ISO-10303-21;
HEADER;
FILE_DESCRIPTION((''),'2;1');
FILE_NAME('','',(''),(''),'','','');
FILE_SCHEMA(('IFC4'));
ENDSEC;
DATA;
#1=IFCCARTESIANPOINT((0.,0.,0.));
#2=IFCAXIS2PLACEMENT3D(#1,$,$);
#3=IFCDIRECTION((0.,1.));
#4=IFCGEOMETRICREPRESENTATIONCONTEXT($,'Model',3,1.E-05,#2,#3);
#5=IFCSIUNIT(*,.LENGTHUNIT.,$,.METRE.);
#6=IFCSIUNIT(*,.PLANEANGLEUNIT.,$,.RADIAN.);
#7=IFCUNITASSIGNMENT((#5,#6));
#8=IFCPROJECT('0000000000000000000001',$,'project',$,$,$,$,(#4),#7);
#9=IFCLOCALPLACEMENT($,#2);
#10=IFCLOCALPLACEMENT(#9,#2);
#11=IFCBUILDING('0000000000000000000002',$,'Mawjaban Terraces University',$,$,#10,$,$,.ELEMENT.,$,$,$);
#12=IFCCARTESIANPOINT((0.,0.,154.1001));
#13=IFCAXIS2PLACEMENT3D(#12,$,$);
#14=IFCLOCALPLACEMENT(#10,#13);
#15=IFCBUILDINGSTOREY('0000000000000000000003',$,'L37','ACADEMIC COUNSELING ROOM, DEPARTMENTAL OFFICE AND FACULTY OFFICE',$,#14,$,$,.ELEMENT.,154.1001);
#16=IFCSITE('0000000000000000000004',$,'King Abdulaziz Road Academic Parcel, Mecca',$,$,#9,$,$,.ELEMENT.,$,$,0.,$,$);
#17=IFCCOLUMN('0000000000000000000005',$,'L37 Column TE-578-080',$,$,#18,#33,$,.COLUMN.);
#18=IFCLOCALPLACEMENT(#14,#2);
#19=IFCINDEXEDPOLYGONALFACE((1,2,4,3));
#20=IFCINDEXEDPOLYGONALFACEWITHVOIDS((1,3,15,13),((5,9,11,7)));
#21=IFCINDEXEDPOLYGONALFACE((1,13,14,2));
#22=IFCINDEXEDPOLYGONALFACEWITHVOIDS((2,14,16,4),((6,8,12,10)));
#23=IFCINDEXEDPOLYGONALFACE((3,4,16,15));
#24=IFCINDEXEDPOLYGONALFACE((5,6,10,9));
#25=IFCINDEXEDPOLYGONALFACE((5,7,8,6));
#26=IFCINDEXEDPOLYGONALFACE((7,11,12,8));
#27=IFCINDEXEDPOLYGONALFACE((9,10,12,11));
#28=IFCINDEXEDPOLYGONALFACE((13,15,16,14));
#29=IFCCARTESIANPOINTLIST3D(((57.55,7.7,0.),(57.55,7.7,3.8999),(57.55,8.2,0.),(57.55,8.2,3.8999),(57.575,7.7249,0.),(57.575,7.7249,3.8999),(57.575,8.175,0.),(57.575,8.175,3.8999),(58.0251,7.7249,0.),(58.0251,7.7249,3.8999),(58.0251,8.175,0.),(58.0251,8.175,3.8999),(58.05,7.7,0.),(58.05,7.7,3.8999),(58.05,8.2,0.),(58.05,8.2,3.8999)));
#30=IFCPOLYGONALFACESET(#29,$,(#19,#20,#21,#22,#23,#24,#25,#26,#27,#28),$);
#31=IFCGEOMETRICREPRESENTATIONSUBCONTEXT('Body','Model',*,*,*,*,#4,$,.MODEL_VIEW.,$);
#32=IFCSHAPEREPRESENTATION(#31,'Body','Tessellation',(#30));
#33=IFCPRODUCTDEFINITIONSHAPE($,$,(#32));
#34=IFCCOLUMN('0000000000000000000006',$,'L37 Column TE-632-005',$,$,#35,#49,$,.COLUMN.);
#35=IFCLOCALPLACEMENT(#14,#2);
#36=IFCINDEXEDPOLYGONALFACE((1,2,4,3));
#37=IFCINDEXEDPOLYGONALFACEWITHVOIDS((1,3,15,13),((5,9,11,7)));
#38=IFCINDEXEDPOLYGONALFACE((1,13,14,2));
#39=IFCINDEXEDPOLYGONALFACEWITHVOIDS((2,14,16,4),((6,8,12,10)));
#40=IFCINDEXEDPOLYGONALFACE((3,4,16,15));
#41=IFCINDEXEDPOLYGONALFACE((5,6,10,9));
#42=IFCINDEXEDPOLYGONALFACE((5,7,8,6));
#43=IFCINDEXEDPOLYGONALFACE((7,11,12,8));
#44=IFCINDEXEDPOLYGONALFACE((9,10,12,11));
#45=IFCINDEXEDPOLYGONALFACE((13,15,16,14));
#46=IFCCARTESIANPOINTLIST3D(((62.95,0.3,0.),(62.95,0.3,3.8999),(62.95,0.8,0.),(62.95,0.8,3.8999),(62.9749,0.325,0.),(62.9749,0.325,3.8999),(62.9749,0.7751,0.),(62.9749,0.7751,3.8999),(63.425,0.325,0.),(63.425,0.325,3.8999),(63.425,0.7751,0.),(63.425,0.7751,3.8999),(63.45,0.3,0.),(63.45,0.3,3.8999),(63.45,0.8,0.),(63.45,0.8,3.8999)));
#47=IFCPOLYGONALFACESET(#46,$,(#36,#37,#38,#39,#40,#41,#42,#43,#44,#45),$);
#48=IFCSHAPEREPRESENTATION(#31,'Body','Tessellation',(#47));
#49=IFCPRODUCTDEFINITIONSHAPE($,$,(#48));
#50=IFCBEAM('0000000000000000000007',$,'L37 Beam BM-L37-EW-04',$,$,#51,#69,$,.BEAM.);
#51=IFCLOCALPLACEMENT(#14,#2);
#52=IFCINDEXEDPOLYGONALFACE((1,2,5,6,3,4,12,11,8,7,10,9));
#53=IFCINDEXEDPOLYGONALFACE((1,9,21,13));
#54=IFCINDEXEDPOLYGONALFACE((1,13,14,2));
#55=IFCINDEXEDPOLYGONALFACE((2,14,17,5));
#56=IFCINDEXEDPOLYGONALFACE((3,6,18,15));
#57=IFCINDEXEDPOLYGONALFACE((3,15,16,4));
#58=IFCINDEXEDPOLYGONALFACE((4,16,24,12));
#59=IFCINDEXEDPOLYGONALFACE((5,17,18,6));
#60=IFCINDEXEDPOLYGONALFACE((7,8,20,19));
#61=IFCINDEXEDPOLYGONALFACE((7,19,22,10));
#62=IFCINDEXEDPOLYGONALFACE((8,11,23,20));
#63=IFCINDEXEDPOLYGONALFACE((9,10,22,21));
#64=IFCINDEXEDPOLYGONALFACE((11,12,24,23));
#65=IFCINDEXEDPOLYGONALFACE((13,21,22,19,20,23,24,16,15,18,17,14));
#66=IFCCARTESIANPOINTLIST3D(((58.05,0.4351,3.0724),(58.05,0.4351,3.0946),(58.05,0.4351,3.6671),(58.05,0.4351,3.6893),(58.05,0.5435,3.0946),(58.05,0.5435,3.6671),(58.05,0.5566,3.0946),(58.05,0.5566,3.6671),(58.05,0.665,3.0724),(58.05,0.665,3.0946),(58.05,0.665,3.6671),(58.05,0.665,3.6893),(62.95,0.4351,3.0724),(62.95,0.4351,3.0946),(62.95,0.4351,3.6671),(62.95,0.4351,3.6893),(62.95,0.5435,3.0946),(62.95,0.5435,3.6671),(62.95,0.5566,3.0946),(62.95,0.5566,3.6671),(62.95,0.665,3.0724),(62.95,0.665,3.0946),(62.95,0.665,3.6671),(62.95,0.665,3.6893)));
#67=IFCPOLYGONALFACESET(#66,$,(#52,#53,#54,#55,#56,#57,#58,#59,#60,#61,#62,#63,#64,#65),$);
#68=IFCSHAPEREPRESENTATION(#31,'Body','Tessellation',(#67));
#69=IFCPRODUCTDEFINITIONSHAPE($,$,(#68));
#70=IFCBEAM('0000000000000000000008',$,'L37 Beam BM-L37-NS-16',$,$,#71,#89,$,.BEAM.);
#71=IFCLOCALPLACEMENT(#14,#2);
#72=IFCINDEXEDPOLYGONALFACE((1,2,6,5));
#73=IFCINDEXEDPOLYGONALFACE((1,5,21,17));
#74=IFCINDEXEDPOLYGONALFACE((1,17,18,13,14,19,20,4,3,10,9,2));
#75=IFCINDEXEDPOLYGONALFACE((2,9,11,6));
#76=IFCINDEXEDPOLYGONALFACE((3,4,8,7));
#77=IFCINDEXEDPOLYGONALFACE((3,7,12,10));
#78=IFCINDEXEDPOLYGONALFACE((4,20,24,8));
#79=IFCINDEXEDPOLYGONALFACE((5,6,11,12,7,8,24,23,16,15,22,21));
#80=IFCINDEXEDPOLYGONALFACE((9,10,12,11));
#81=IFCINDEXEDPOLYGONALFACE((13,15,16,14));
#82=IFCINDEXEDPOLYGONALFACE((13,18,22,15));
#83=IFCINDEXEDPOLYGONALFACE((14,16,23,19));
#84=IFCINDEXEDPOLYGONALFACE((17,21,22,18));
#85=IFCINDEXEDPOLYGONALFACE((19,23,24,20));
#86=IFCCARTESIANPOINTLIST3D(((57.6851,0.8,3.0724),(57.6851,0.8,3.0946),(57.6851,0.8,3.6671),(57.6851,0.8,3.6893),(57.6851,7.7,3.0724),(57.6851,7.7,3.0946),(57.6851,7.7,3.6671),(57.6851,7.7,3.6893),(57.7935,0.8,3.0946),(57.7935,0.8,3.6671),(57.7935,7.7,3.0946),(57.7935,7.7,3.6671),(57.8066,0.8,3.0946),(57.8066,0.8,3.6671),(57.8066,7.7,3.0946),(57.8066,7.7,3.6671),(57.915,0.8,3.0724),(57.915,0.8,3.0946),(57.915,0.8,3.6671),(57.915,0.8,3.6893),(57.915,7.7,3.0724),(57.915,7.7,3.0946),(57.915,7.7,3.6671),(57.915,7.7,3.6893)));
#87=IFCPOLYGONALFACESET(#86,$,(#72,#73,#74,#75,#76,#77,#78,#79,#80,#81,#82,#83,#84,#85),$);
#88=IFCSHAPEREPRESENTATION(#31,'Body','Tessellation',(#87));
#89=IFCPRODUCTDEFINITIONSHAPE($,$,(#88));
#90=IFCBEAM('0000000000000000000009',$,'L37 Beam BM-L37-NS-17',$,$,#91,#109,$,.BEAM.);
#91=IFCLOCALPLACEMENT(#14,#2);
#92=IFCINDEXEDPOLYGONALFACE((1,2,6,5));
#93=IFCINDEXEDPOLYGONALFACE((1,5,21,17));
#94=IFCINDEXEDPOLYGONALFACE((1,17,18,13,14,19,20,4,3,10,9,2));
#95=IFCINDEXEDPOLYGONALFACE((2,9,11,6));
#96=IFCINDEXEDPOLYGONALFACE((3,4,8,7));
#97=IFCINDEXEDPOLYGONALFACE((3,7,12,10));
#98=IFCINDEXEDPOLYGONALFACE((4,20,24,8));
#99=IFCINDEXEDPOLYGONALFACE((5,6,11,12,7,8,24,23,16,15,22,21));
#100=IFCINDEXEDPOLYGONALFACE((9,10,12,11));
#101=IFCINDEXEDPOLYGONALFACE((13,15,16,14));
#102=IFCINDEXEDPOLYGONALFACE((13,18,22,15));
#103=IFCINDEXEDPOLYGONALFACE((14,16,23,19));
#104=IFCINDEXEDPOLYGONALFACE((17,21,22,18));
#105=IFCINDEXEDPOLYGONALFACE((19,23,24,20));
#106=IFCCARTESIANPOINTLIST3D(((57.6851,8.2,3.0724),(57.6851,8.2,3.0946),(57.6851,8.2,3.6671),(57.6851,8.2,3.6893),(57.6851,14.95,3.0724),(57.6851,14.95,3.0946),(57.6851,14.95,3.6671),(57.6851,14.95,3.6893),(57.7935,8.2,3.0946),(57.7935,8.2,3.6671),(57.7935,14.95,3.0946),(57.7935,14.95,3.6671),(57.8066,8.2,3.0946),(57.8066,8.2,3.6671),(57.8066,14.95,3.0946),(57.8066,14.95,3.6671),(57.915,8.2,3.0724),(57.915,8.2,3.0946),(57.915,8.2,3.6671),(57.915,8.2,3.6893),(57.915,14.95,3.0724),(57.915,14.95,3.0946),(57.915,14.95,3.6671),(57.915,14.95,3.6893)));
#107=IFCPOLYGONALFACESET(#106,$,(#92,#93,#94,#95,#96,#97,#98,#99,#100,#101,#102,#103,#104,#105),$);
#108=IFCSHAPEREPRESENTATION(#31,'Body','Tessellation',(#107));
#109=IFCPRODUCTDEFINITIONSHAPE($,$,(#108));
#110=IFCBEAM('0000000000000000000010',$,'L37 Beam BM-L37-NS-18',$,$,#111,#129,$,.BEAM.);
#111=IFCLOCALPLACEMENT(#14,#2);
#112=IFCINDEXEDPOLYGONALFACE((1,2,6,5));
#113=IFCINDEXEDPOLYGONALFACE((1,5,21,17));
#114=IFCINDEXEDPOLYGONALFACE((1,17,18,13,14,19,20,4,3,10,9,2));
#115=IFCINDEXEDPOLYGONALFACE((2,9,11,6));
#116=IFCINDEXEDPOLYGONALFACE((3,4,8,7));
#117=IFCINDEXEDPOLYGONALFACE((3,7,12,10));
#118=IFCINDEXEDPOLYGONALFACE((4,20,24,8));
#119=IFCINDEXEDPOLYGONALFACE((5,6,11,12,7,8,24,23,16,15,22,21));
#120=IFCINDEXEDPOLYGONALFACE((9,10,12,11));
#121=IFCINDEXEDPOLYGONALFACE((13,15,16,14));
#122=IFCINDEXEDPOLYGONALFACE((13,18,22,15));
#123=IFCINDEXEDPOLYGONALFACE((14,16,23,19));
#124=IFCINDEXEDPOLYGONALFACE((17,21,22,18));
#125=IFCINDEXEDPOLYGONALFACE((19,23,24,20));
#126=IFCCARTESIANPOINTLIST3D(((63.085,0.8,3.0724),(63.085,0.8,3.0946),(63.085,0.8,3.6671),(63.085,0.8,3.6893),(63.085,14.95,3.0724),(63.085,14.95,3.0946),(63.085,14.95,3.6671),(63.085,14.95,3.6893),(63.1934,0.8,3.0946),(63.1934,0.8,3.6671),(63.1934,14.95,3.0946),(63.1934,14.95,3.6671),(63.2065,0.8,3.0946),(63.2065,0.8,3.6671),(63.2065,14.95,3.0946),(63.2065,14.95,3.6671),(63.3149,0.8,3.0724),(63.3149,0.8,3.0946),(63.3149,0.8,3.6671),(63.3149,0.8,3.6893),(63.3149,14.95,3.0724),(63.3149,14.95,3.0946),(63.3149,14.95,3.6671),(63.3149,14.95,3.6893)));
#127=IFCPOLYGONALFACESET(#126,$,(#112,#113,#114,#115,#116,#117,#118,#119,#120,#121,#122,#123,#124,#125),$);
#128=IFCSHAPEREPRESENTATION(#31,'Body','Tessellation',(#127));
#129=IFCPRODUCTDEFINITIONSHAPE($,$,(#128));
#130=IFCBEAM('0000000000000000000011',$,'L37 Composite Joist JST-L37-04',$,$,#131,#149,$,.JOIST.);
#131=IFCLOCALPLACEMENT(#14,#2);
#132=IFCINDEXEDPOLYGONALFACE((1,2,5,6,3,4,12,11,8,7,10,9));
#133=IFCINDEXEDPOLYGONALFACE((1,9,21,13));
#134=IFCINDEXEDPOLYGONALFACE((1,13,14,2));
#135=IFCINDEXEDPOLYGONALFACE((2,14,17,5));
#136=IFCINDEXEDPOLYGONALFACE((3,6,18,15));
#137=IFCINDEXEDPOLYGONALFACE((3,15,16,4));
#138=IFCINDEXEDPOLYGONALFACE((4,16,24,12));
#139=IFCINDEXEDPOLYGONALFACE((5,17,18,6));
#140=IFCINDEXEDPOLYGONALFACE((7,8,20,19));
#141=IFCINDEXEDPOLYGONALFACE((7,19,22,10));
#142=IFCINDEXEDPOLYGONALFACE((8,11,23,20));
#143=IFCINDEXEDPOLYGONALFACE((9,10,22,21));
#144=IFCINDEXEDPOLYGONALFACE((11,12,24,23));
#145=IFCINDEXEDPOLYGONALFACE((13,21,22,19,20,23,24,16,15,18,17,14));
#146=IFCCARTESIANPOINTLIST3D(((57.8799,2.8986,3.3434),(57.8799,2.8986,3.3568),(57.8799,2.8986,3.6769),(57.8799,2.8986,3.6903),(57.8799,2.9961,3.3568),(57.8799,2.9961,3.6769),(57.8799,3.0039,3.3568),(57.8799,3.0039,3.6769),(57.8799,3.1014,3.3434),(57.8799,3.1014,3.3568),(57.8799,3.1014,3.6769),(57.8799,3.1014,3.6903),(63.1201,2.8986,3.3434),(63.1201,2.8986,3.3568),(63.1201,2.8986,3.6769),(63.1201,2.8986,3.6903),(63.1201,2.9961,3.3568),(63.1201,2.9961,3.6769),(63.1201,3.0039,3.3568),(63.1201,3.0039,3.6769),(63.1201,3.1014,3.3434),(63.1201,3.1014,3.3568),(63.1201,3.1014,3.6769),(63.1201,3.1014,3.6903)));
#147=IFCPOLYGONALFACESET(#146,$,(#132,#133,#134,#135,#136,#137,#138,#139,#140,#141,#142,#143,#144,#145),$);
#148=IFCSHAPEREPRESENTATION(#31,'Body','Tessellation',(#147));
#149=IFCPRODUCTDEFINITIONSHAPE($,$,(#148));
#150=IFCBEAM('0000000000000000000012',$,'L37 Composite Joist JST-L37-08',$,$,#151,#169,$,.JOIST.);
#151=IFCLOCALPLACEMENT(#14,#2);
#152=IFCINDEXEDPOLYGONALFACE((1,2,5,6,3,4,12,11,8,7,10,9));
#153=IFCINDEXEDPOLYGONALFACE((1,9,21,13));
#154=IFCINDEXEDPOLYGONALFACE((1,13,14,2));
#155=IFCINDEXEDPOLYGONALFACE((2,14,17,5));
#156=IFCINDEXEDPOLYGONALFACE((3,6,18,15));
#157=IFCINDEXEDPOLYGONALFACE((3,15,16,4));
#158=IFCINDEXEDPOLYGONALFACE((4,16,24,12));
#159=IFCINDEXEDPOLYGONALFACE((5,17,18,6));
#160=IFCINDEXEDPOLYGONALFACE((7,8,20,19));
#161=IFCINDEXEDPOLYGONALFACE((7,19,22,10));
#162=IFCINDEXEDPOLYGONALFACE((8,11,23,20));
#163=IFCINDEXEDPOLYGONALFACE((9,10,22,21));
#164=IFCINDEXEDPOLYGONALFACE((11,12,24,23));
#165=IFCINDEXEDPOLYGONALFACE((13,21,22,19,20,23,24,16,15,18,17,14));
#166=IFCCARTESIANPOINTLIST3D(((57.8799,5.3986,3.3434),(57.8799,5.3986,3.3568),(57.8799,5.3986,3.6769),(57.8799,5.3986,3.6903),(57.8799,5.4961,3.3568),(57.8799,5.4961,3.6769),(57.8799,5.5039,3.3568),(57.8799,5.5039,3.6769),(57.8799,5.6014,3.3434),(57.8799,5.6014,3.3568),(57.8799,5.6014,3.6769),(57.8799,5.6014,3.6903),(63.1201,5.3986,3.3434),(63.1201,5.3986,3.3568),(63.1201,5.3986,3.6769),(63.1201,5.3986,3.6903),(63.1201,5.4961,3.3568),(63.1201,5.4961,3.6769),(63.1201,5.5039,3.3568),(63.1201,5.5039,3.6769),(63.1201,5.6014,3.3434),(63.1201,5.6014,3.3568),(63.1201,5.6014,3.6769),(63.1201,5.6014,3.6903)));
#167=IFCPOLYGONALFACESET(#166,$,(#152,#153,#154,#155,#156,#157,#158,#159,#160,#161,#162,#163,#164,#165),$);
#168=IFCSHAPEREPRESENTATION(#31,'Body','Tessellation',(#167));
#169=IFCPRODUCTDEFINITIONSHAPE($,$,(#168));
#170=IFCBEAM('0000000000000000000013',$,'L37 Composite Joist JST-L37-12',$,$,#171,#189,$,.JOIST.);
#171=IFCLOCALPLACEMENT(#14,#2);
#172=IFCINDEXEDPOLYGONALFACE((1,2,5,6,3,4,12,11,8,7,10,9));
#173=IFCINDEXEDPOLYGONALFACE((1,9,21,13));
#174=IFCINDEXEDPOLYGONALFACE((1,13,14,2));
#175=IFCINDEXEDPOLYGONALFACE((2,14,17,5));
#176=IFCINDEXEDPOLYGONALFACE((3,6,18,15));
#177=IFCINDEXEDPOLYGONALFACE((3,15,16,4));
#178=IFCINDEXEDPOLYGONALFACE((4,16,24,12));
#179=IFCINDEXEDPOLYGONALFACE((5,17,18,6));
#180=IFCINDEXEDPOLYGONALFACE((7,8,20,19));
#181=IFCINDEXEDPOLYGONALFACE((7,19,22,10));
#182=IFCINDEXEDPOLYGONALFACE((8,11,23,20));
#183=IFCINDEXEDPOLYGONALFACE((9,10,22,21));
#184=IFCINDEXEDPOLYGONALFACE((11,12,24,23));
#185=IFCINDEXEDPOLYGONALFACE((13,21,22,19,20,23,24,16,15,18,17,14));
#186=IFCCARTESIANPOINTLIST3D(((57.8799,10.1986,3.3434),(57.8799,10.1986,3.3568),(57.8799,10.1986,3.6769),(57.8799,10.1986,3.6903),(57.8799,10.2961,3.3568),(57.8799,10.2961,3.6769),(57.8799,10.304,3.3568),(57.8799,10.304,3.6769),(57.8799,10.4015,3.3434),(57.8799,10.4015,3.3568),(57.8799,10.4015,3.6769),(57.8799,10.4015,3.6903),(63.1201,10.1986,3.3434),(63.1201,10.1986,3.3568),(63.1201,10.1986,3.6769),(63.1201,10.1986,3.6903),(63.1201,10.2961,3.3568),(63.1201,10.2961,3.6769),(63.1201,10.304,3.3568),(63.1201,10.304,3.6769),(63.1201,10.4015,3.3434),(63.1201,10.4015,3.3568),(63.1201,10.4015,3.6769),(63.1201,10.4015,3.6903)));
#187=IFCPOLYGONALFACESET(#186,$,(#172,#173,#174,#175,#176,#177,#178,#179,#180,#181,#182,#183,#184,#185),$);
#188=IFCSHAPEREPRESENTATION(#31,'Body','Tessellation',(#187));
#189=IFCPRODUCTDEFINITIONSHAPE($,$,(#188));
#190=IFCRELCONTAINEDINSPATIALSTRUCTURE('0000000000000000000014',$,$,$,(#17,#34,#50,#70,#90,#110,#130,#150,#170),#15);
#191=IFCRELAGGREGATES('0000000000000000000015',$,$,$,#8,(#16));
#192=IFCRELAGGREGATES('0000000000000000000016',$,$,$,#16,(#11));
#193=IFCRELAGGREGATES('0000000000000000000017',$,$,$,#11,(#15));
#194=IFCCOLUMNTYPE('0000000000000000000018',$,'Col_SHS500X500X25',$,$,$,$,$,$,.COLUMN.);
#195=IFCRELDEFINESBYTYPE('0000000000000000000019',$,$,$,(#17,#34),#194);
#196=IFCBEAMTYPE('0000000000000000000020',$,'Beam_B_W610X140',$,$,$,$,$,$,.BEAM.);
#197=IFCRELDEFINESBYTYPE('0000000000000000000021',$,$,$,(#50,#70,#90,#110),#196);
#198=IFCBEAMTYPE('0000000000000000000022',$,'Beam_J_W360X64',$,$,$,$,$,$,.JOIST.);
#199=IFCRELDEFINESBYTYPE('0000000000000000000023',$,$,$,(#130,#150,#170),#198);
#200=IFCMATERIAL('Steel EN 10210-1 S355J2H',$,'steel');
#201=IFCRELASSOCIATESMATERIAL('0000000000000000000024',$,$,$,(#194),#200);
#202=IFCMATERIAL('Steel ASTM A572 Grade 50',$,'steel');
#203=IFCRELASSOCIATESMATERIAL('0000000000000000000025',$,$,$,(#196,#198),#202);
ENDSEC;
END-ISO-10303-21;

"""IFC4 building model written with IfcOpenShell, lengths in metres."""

from ifc_helpers import new_model, si_unit, direction, frame, origin, origin_2d, place, context, subcontext, project, spatial, hollow_rectangle, i_section, extrude, material, material_profile, profile_set, type_object, element, save


model = new_model("IFC4")

# Units and contexts
model_context = context("Model", 3, precision=1e-05, world=origin(), true_north=direction((0.0, 1.0)))
body_context = subcontext(model_context, "Body", "Model", "MODEL_VIEW")
ifc_project = project(units=[si_unit("LENGTHUNIT", "METRE"), si_unit("PLANEANGLEUNIT", "RADIAN")], contexts=[model_context])

# Site, building, storey
site_placement = place(None, origin())
site = spatial("IfcSite", under=ifc_project, at=site_placement, Name="King Abdulaziz Road Academic Parcel, Mecca", CompositionType="ELEMENT", RefElevation=0.0)
building_placement = place(site_placement, origin())
building = spatial("IfcBuilding", under=site, at=building_placement, Name="Mawjaban Terraces University", CompositionType="ELEMENT")
storey_placement = place(building_placement, frame((0.0, 0.0, 154.1001)))
storey = spatial("IfcBuildingStorey", under=building, at=storey_placement, Name="L37", Description="ACADEMIC COUNSELING ROOM, DEPARTMENTAL OFFICE AND FACULTY OFFICE", CompositionType="ELEMENT", Elevation=154.1001)

# Columns
ifc_material_1 = material(Name="Steel EN 10210-1 S355J2H", Category="steel")
ifc_material_profile_1 = material_profile(ifc_material_1, hollow_rectangle(XDim=0.5, YDim=0.5, WallThickness=0.0249, at=origin_2d()), Name="SHS500X500X25")
ifc_profile_set_1 = profile_set([ifc_material_profile_1], Name="Steel EN 10210-1 S355J2H")
column_type = type_object("IfcColumnType", Name="Col_SHS500X500X25", PredefinedType="COLUMN", material=ifc_profile_set_1)
for number, where, z_axis, x_axis, name in (
    (1, (57.8, 7.95, 0.0), (0.0, 0.0, 1.0), (1.0, 0.0, 0.0), "L37 Column TE-578-080"),
    (2, (63.2, 0.55, 0.0), (0.0, 0.0, 1.0), (1.0, 0.0, 0.0), "L37 Column TE-632-005"),
):
    element("IfcColumn", number, at=place(storey_placement, frame(where, z_axis=z_axis, x_axis=x_axis)), inside=storey, type_object=column_type, Name=name, PredefinedType="COLUMN", context=body_context, shape_type="SweptSolid", body=[
        extrude(hollow_rectangle(XDim=0.5, YDim=0.5, WallThickness=0.0249, at=origin_2d()), origin(), (0.0, 0.0, 1.0), 3.8999),
    ])

# Beams
ifc_material_2 = material(Name="Steel ASTM A572 Grade 50", Category="steel")
ifc_material_profile_2 = material_profile(ifc_material_2, i_section(OverallWidth=0.23, OverallDepth=0.6169, WebThickness=0.0132, FlangeThickness=0.0222, at=origin_2d()), Name="W610X140")
ifc_profile_set_2 = profile_set([ifc_material_profile_2], Name="Steel ASTM A572 Grade 50")
beam_type_1 = type_object("IfcBeamType", Name="Beam_B_W610X140", PredefinedType="BEAM", material=ifc_profile_set_2)
beam_1_placement = place(storey_placement, frame((58.05, 0.55, 3.3809), z_axis=(1.0, 0.0, 0.0), x_axis=(0.0, 1.0, 0.0)))
element("IfcBeam", 3, at=beam_1_placement, inside=storey, type_object=beam_type_1, Name="L37 Beam BM-L37-EW-04", PredefinedType="BEAM", context=body_context, shape_type="SweptSolid", body=[
    extrude(i_section(OverallWidth=0.23, OverallDepth=0.6169, WebThickness=0.0132, FlangeThickness=0.0222, at=origin_2d()), origin(), (0.0, 0.0, 1.0), 4.8999),
])
beam_2_placement = place(storey_placement, frame((57.8, 0.8, 3.3809), z_axis=(0.0, 1.0, 0.0), x_axis=(-1.0, 0.0, 0.0)))
element("IfcBeam", 4, at=beam_2_placement, inside=storey, type_object=beam_type_1, Name="L37 Beam BM-L37-NS-16", PredefinedType="BEAM", context=body_context, shape_type="SweptSolid", body=[
    extrude(i_section(OverallWidth=0.23, OverallDepth=0.6169, WebThickness=0.0132, FlangeThickness=0.0222, at=origin_2d()), origin(), (0.0, 0.0, 1.0), 6.8999),
])
beam_3_placement = place(storey_placement, frame((57.8, 8.2, 3.3809), z_axis=(0.0, 1.0, 0.0), x_axis=(-1.0, 0.0, 0.0)))
element("IfcBeam", 5, at=beam_3_placement, inside=storey, type_object=beam_type_1, Name="L37 Beam BM-L37-NS-17", PredefinedType="BEAM", context=body_context, shape_type="SweptSolid", body=[
    extrude(i_section(OverallWidth=0.23, OverallDepth=0.6169, WebThickness=0.0132, FlangeThickness=0.0222, at=origin_2d()), origin(), (0.0, 0.0, 1.0), 6.75),
])
beam_4_placement = place(storey_placement, frame((63.2, 0.8, 3.3809), z_axis=(0.0, 1.0, 0.0), x_axis=(-1.0, 0.0, 0.0)))
element("IfcBeam", 6, at=beam_4_placement, inside=storey, type_object=beam_type_1, Name="L37 Beam BM-L37-NS-18", PredefinedType="BEAM", context=body_context, shape_type="SweptSolid", body=[
    extrude(i_section(OverallWidth=0.23, OverallDepth=0.6169, WebThickness=0.0132, FlangeThickness=0.0222, at=origin_2d()), origin(), (0.0, 0.0, 1.0), 14.1499),
])
ifc_material_profile_3 = material_profile(ifc_material_2, i_section(OverallWidth=0.2029, OverallDepth=0.3469, WebThickness=0.0078, FlangeThickness=0.0134, at=origin_2d()), Name="W360X64")
ifc_profile_set_3 = profile_set([ifc_material_profile_3], Name="Steel ASTM A572 Grade 50")
beam_type_2 = type_object("IfcBeamType", Name="Beam_J_W360X64", PredefinedType="JOIST", material=ifc_profile_set_3)
for number, where, z_axis, x_axis, name in (
    (7, (57.8799, 3.0, 3.5168), (1.0, 0.0, 0.0), (0.0, 1.0, 0.0), "L37 Composite Joist JST-L37-04"),
    (8, (57.8799, 5.5, 3.5168), (1.0, 0.0, 0.0), (0.0, 1.0, 0.0), "L37 Composite Joist JST-L37-08"),
    (9, (57.8799, 10.3, 3.5168), (1.0, 0.0, 0.0), (0.0, 1.0, 0.0), "L37 Composite Joist JST-L37-12"),
):
    element("IfcBeam", number, at=place(storey_placement, frame(where, z_axis=z_axis, x_axis=x_axis)), inside=storey, type_object=beam_type_2, Name=name, PredefinedType="JOIST", context=body_context, shape_type="SweptSolid", body=[
        extrude(i_section(OverallWidth=0.2029, OverallDepth=0.3469, WebThickness=0.0078, FlangeThickness=0.0134, at=origin_2d()), origin(), (0.0, 0.0, 1.0), 5.2402),
    ])

save(model, "model.ifc")
